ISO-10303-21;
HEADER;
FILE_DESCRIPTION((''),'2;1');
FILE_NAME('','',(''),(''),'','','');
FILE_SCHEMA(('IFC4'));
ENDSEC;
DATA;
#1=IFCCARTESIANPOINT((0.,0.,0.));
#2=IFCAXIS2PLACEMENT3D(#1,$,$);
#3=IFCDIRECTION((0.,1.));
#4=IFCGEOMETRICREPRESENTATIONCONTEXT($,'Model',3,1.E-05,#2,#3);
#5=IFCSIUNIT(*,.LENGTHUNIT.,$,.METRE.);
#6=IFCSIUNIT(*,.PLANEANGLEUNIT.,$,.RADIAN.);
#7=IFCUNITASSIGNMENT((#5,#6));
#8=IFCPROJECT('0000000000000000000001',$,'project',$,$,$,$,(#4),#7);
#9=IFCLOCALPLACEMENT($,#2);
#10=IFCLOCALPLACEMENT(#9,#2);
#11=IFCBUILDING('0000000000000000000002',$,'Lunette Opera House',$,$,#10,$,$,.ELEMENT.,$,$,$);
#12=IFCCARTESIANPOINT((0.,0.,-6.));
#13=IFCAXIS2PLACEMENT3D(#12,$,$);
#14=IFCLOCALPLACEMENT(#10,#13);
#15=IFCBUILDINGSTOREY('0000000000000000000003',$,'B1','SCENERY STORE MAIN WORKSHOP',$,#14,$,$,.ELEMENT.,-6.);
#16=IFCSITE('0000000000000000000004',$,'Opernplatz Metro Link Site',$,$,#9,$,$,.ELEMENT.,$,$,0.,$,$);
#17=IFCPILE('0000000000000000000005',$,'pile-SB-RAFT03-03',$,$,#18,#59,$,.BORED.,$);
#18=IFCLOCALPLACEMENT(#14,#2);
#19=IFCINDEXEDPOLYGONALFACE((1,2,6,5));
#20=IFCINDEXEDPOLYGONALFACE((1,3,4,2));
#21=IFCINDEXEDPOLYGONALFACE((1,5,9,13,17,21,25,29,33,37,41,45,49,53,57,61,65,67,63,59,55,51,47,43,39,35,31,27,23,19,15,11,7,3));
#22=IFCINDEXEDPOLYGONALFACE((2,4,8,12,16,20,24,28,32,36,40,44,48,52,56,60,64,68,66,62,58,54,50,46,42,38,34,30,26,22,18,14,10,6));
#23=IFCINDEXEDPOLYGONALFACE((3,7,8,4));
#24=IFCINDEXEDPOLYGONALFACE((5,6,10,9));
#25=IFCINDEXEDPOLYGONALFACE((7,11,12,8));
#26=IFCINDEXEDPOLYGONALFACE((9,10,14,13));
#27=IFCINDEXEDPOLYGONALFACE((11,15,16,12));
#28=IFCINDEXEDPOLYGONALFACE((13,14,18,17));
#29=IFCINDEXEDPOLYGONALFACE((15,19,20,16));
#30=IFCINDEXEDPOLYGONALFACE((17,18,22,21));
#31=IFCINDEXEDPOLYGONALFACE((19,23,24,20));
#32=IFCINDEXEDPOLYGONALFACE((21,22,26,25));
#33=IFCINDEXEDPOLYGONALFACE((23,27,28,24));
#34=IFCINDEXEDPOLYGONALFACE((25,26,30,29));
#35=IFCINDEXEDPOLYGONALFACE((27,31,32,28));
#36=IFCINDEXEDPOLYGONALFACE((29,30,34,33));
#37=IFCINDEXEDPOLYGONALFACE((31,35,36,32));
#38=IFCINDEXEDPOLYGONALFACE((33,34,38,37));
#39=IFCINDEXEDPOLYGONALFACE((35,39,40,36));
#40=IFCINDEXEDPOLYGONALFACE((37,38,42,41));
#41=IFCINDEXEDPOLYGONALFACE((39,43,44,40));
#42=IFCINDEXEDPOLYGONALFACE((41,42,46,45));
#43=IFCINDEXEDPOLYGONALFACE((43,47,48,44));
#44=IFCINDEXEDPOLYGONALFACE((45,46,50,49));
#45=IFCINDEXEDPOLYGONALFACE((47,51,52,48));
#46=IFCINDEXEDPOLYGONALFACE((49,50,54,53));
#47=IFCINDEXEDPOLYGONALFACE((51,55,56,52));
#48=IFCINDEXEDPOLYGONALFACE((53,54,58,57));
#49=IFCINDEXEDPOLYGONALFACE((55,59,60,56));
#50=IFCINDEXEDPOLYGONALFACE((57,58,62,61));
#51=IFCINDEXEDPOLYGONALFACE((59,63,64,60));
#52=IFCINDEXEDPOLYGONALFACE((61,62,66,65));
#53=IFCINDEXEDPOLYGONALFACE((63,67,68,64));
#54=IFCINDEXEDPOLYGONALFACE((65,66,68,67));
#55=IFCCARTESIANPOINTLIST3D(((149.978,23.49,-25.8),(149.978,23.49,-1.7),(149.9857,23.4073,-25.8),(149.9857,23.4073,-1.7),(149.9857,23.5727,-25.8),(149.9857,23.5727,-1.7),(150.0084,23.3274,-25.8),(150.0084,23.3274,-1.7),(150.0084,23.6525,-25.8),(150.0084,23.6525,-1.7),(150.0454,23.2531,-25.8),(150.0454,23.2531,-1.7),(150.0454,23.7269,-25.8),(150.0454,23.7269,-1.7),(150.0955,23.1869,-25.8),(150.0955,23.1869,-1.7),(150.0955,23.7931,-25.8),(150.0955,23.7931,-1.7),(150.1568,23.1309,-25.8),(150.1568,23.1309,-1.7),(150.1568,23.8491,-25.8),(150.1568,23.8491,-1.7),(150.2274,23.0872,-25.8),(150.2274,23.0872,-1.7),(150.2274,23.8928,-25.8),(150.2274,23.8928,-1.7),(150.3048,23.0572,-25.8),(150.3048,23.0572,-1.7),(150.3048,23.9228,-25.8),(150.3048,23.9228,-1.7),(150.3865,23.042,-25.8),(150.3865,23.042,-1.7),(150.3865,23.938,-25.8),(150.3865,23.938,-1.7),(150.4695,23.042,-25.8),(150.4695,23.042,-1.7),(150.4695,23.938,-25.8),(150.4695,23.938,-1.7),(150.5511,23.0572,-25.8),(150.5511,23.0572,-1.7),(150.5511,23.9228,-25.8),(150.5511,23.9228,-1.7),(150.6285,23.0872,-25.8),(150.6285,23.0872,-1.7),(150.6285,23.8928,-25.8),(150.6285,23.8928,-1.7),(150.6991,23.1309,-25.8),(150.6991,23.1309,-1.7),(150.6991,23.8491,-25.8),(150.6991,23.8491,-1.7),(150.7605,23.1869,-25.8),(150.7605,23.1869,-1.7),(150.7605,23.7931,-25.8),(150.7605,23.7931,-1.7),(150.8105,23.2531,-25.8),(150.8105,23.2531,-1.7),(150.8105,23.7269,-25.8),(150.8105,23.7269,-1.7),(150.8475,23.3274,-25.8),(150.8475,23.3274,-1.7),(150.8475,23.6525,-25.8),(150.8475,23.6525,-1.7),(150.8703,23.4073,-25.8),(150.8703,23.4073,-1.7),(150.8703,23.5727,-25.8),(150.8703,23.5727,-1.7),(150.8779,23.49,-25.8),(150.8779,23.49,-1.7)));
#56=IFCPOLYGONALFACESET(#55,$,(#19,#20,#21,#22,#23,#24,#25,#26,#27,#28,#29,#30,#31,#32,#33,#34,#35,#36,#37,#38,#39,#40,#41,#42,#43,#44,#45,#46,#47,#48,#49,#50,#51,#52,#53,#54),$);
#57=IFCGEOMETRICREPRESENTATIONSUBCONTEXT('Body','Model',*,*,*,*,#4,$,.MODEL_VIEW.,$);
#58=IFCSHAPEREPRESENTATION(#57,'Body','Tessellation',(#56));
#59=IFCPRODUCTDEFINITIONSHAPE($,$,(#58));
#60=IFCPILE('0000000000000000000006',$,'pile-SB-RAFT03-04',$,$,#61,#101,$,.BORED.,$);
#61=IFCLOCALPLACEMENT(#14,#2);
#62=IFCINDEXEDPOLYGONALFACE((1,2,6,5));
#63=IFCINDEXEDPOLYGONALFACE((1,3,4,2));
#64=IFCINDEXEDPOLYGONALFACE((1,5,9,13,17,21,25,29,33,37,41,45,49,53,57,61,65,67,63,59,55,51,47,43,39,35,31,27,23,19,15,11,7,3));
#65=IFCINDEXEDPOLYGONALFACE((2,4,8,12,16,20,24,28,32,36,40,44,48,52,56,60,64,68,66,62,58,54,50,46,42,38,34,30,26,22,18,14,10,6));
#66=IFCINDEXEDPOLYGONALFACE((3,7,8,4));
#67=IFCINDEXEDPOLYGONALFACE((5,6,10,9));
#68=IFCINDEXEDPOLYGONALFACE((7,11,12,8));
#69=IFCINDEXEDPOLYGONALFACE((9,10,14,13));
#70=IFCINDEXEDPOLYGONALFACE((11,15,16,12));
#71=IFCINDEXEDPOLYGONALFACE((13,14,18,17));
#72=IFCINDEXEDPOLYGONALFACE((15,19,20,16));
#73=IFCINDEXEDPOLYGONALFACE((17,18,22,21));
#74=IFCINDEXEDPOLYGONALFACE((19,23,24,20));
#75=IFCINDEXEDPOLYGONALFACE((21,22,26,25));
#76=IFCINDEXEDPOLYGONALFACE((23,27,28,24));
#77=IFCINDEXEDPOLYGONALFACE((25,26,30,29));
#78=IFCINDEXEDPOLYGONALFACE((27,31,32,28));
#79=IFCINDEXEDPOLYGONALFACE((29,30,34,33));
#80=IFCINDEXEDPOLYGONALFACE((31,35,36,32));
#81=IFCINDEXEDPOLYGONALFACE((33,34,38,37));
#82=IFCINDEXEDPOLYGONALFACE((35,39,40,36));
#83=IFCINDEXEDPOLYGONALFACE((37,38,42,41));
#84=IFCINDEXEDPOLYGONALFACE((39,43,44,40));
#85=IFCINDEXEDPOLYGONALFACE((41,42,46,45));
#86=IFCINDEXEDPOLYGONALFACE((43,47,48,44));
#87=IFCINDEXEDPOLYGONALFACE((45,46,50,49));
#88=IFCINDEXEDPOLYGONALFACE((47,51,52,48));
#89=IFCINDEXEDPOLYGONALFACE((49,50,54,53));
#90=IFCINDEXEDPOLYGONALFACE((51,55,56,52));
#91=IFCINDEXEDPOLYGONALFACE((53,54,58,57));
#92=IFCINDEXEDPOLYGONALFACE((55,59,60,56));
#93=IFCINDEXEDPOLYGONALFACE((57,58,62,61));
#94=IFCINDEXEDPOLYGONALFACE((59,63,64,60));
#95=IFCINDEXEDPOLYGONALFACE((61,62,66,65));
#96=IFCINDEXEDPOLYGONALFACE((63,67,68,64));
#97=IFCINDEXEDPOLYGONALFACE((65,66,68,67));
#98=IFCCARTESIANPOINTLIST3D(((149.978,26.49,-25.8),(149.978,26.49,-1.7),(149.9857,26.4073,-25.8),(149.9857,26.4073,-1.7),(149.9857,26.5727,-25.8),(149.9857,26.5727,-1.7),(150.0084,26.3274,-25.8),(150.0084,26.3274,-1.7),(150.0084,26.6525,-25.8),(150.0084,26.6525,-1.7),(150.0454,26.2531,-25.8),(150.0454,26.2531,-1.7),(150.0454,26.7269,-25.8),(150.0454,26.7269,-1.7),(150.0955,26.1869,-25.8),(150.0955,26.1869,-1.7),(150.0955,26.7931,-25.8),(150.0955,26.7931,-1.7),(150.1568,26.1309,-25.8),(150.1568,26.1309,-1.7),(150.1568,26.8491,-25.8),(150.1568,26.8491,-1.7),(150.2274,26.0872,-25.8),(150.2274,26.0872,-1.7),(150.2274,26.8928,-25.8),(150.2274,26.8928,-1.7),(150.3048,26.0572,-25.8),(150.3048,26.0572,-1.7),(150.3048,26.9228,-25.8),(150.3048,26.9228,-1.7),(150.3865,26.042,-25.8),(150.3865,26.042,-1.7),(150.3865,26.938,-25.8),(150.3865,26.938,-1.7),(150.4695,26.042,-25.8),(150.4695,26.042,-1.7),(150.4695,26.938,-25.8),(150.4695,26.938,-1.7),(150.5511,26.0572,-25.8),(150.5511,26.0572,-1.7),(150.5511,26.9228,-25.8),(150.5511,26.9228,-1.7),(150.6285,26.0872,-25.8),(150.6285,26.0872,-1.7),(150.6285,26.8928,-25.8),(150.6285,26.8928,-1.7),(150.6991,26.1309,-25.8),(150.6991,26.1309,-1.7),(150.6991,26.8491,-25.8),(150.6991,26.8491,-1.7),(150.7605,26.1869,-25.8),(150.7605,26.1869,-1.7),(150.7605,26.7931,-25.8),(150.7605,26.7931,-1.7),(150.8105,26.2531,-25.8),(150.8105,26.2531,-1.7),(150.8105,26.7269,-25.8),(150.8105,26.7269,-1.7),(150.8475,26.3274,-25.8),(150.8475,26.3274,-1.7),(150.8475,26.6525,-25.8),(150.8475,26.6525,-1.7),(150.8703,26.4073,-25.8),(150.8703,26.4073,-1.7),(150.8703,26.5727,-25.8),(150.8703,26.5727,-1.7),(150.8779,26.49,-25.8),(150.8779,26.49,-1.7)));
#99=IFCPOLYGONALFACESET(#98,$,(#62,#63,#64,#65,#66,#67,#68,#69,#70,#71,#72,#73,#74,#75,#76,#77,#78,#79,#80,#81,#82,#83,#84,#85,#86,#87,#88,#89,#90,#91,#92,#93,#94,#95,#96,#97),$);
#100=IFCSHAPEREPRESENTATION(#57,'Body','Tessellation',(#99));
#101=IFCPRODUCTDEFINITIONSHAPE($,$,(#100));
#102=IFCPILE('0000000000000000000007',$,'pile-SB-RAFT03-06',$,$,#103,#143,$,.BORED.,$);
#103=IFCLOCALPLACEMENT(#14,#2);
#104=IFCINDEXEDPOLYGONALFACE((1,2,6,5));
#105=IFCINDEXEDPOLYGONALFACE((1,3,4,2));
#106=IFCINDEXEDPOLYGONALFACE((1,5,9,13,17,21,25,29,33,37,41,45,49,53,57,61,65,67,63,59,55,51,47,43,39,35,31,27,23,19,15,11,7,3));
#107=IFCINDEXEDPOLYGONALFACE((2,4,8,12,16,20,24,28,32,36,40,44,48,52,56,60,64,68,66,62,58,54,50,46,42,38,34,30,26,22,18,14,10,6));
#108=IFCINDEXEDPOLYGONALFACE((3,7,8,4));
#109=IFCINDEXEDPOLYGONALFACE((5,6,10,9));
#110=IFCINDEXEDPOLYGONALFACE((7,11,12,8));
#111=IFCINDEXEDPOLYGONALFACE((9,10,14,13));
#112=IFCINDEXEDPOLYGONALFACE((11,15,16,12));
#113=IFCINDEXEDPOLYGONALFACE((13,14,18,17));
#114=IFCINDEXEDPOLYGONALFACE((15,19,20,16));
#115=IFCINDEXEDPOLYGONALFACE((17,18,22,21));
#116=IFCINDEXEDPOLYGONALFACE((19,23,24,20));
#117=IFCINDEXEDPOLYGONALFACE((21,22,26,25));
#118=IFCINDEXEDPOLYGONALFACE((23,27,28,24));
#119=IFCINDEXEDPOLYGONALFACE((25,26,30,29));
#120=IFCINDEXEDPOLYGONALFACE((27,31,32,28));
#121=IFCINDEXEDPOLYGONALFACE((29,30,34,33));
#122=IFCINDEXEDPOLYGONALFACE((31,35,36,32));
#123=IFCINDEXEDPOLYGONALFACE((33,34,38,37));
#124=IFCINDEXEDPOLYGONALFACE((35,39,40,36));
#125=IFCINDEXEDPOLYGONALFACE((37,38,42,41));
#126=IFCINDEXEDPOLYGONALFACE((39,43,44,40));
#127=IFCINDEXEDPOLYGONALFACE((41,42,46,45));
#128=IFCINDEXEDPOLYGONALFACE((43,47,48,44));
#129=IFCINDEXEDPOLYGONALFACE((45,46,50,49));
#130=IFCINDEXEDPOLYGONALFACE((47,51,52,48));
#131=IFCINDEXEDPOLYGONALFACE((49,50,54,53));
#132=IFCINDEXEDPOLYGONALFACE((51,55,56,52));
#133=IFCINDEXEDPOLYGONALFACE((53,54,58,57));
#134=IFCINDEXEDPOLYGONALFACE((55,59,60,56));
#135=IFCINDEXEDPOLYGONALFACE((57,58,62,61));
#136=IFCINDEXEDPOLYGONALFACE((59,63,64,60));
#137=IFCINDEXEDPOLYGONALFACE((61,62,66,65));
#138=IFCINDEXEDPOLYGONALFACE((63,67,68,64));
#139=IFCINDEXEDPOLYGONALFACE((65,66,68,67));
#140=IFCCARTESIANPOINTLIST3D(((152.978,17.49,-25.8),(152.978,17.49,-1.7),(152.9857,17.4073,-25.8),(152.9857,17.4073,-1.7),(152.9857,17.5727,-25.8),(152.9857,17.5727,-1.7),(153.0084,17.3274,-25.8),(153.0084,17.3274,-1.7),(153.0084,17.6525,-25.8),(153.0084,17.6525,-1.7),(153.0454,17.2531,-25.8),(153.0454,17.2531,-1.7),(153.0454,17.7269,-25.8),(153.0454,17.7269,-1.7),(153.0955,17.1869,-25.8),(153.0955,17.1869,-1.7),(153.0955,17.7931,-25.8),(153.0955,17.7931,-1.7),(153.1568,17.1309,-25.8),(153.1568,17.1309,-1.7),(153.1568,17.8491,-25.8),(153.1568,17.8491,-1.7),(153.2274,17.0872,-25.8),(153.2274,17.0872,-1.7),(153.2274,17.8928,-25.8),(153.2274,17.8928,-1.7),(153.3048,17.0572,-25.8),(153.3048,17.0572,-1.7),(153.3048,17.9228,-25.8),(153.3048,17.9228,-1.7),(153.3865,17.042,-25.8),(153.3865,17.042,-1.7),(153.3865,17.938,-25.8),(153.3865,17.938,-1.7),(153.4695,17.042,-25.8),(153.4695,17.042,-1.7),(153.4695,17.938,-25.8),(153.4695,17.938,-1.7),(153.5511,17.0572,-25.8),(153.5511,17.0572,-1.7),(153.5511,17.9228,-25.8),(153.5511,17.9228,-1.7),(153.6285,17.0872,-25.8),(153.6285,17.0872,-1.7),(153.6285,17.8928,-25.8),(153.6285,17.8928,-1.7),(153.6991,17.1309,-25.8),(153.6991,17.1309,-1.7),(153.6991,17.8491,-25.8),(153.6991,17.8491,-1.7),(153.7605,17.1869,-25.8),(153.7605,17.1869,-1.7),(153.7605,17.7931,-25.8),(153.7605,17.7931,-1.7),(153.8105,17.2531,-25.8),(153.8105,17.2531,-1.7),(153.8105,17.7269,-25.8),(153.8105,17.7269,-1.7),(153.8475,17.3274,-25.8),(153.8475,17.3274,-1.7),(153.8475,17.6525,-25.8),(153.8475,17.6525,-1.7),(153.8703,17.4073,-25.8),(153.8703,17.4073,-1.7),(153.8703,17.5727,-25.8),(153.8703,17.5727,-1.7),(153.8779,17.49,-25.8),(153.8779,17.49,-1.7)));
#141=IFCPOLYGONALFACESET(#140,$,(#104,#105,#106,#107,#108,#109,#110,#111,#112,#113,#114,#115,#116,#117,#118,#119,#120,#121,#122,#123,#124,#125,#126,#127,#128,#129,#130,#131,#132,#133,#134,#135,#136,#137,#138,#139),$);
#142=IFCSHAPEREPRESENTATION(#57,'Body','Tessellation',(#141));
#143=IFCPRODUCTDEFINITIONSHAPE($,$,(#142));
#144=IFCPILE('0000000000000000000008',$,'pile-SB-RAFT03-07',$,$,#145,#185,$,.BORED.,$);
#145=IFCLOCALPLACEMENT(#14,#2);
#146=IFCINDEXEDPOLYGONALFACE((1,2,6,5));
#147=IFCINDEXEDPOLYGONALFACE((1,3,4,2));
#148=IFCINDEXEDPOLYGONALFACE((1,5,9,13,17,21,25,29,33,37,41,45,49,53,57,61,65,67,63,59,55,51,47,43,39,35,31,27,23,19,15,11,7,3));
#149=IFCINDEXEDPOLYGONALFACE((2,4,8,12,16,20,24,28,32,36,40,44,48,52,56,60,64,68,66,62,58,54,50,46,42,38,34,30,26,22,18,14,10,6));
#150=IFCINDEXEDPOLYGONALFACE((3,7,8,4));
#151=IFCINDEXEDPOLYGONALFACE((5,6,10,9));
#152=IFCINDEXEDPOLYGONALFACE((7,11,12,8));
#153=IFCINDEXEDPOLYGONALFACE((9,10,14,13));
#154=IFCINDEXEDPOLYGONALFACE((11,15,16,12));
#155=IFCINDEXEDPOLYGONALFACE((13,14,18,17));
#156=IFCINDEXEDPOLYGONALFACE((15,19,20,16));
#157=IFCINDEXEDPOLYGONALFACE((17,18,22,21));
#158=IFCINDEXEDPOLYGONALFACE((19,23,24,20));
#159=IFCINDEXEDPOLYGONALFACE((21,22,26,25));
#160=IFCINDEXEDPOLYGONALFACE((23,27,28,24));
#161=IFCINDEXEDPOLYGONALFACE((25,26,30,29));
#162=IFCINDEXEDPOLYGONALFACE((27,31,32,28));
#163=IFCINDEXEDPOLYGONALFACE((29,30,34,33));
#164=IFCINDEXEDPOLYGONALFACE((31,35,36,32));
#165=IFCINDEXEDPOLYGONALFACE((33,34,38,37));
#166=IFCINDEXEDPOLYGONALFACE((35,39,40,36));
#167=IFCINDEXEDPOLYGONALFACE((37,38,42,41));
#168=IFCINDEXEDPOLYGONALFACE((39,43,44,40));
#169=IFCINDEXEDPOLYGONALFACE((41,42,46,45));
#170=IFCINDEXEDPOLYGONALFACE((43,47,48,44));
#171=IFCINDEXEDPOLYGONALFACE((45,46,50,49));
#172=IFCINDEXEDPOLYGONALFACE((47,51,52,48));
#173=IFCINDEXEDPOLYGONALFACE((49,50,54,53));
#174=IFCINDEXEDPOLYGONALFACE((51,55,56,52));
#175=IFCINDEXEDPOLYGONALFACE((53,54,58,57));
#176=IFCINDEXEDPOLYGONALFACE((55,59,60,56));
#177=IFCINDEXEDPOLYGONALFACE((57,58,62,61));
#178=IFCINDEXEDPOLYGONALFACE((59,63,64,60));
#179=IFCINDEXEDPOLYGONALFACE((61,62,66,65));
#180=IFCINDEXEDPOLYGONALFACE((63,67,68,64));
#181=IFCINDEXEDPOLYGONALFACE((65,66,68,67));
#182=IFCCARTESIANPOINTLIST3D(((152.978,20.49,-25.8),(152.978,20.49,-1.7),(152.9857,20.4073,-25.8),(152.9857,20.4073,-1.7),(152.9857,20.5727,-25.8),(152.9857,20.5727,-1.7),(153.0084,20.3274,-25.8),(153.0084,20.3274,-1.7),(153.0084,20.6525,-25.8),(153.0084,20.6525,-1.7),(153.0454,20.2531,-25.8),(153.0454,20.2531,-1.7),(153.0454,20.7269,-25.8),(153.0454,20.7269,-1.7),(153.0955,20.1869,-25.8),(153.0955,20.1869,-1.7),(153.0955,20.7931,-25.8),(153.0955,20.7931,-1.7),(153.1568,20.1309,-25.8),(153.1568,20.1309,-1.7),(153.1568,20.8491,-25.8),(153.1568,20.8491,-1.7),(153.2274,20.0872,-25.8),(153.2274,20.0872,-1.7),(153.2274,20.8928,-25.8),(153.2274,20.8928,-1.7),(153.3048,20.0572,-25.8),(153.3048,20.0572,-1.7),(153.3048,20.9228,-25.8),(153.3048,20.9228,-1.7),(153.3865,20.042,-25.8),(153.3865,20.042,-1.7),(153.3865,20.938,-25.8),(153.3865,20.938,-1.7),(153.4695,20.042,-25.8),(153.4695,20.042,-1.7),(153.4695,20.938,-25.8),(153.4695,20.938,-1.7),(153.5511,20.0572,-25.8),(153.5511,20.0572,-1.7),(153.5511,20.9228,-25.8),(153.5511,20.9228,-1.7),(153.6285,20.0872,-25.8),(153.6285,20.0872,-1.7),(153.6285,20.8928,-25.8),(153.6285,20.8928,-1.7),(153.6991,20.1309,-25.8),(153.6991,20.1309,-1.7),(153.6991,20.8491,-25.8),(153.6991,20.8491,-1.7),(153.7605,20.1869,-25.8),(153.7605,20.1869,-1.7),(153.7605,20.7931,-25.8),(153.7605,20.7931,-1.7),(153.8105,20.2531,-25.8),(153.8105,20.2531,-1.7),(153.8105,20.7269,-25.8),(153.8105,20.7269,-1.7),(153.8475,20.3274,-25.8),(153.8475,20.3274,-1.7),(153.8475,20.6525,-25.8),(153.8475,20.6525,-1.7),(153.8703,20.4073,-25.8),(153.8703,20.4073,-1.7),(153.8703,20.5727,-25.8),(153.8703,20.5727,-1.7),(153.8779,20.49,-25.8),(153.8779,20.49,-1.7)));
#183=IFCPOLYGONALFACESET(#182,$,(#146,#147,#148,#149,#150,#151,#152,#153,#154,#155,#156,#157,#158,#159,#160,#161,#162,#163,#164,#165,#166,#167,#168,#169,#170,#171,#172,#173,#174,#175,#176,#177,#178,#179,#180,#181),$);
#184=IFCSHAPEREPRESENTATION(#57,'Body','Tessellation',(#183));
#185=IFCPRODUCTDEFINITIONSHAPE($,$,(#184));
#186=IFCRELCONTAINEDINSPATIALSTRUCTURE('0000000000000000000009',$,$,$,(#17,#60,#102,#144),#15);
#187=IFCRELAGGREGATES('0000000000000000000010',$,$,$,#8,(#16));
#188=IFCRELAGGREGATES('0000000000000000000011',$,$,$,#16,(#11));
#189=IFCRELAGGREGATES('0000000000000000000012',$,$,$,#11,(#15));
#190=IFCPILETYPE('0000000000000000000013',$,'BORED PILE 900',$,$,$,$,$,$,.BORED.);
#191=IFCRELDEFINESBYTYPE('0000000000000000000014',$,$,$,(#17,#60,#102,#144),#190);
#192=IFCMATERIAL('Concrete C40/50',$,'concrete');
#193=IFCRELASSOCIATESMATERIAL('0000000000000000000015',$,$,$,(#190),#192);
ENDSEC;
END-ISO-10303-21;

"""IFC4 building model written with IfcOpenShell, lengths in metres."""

from ifc_helpers import new_model, si_unit, direction, frame, origin, origin_2d, place, context, subcontext, project, spatial, circle, extrude, material, material_profile, profile_set, type_object, element, save


model = new_model("IFC4")

# Units and contexts
model_context = context("Model", 3, precision=1e-05, world=origin(), true_north=direction((0.0, 1.0)))
body_context = subcontext(model_context, "Body", "Model", "MODEL_VIEW")
ifc_project = project(units=[si_unit("LENGTHUNIT", "METRE"), si_unit("PLANEANGLEUNIT", "RADIAN")], contexts=[model_context])

# Site, building, storey
site_placement = place(None, origin())
site = spatial("IfcSite", under=ifc_project, at=site_placement, Name="Opernplatz Metro Link Site", CompositionType="ELEMENT", RefElevation=0.0)
building_placement = place(site_placement, origin())
building = spatial("IfcBuilding", under=site, at=building_placement, Name="Lunette Opera House", CompositionType="ELEMENT")
storey_placement = place(building_placement, frame((0.0, 0.0, -6.0)))
storey = spatial("IfcBuildingStorey", under=building, at=storey_placement, Name="B1", Description="SCENERY STORE MAIN WORKSHOP", CompositionType="ELEMENT", Elevation=-6.0)

# Piles
ifc_material_1 = material(Name="Concrete C40/50", Category="concrete")
ifc_material_profile_1 = material_profile(ifc_material_1, circle(Radius=0.45, at=origin_2d()), Name="BORED PILE 900")
ifc_profile_set_1 = profile_set([ifc_material_profile_1], Name="Concrete C40/50")
pile_type = type_object("IfcPileType", Name="BORED PILE 900", PredefinedType="BORED", material=ifc_profile_set_1)
for number, where, z_axis, x_axis, name in (
    (1, (150.428, 23.49, -1.7), (0.0, 0.0, -1.0), (1.0, 0.0, 0.0), "pile-SB-RAFT03-03"),
    (2, (150.428, 26.49, -1.7), (0.0, 0.0, -1.0), (1.0, 0.0, 0.0), "pile-SB-RAFT03-04"),
    (3, (153.428, 17.49, -1.7), (0.0, 0.0, -1.0), (1.0, 0.0, 0.0), "pile-SB-RAFT03-06"),
    (4, (153.428, 20.49, -1.7), (0.0, 0.0, -1.0), (1.0, 0.0, 0.0), "pile-SB-RAFT03-07"),
):
    element("IfcPile", number, at=place(storey_placement, frame(where, z_axis=z_axis, x_axis=x_axis)), inside=storey, type_object=pile_type, Name=name, PredefinedType="BORED", context=body_context, shape_type="SweptSolid", body=[
        extrude(circle(Radius=0.45, at=origin_2d()), origin(), (0.0, 0.0, 1.0), 24.1001),
    ])

save(model, "model.ifc")
